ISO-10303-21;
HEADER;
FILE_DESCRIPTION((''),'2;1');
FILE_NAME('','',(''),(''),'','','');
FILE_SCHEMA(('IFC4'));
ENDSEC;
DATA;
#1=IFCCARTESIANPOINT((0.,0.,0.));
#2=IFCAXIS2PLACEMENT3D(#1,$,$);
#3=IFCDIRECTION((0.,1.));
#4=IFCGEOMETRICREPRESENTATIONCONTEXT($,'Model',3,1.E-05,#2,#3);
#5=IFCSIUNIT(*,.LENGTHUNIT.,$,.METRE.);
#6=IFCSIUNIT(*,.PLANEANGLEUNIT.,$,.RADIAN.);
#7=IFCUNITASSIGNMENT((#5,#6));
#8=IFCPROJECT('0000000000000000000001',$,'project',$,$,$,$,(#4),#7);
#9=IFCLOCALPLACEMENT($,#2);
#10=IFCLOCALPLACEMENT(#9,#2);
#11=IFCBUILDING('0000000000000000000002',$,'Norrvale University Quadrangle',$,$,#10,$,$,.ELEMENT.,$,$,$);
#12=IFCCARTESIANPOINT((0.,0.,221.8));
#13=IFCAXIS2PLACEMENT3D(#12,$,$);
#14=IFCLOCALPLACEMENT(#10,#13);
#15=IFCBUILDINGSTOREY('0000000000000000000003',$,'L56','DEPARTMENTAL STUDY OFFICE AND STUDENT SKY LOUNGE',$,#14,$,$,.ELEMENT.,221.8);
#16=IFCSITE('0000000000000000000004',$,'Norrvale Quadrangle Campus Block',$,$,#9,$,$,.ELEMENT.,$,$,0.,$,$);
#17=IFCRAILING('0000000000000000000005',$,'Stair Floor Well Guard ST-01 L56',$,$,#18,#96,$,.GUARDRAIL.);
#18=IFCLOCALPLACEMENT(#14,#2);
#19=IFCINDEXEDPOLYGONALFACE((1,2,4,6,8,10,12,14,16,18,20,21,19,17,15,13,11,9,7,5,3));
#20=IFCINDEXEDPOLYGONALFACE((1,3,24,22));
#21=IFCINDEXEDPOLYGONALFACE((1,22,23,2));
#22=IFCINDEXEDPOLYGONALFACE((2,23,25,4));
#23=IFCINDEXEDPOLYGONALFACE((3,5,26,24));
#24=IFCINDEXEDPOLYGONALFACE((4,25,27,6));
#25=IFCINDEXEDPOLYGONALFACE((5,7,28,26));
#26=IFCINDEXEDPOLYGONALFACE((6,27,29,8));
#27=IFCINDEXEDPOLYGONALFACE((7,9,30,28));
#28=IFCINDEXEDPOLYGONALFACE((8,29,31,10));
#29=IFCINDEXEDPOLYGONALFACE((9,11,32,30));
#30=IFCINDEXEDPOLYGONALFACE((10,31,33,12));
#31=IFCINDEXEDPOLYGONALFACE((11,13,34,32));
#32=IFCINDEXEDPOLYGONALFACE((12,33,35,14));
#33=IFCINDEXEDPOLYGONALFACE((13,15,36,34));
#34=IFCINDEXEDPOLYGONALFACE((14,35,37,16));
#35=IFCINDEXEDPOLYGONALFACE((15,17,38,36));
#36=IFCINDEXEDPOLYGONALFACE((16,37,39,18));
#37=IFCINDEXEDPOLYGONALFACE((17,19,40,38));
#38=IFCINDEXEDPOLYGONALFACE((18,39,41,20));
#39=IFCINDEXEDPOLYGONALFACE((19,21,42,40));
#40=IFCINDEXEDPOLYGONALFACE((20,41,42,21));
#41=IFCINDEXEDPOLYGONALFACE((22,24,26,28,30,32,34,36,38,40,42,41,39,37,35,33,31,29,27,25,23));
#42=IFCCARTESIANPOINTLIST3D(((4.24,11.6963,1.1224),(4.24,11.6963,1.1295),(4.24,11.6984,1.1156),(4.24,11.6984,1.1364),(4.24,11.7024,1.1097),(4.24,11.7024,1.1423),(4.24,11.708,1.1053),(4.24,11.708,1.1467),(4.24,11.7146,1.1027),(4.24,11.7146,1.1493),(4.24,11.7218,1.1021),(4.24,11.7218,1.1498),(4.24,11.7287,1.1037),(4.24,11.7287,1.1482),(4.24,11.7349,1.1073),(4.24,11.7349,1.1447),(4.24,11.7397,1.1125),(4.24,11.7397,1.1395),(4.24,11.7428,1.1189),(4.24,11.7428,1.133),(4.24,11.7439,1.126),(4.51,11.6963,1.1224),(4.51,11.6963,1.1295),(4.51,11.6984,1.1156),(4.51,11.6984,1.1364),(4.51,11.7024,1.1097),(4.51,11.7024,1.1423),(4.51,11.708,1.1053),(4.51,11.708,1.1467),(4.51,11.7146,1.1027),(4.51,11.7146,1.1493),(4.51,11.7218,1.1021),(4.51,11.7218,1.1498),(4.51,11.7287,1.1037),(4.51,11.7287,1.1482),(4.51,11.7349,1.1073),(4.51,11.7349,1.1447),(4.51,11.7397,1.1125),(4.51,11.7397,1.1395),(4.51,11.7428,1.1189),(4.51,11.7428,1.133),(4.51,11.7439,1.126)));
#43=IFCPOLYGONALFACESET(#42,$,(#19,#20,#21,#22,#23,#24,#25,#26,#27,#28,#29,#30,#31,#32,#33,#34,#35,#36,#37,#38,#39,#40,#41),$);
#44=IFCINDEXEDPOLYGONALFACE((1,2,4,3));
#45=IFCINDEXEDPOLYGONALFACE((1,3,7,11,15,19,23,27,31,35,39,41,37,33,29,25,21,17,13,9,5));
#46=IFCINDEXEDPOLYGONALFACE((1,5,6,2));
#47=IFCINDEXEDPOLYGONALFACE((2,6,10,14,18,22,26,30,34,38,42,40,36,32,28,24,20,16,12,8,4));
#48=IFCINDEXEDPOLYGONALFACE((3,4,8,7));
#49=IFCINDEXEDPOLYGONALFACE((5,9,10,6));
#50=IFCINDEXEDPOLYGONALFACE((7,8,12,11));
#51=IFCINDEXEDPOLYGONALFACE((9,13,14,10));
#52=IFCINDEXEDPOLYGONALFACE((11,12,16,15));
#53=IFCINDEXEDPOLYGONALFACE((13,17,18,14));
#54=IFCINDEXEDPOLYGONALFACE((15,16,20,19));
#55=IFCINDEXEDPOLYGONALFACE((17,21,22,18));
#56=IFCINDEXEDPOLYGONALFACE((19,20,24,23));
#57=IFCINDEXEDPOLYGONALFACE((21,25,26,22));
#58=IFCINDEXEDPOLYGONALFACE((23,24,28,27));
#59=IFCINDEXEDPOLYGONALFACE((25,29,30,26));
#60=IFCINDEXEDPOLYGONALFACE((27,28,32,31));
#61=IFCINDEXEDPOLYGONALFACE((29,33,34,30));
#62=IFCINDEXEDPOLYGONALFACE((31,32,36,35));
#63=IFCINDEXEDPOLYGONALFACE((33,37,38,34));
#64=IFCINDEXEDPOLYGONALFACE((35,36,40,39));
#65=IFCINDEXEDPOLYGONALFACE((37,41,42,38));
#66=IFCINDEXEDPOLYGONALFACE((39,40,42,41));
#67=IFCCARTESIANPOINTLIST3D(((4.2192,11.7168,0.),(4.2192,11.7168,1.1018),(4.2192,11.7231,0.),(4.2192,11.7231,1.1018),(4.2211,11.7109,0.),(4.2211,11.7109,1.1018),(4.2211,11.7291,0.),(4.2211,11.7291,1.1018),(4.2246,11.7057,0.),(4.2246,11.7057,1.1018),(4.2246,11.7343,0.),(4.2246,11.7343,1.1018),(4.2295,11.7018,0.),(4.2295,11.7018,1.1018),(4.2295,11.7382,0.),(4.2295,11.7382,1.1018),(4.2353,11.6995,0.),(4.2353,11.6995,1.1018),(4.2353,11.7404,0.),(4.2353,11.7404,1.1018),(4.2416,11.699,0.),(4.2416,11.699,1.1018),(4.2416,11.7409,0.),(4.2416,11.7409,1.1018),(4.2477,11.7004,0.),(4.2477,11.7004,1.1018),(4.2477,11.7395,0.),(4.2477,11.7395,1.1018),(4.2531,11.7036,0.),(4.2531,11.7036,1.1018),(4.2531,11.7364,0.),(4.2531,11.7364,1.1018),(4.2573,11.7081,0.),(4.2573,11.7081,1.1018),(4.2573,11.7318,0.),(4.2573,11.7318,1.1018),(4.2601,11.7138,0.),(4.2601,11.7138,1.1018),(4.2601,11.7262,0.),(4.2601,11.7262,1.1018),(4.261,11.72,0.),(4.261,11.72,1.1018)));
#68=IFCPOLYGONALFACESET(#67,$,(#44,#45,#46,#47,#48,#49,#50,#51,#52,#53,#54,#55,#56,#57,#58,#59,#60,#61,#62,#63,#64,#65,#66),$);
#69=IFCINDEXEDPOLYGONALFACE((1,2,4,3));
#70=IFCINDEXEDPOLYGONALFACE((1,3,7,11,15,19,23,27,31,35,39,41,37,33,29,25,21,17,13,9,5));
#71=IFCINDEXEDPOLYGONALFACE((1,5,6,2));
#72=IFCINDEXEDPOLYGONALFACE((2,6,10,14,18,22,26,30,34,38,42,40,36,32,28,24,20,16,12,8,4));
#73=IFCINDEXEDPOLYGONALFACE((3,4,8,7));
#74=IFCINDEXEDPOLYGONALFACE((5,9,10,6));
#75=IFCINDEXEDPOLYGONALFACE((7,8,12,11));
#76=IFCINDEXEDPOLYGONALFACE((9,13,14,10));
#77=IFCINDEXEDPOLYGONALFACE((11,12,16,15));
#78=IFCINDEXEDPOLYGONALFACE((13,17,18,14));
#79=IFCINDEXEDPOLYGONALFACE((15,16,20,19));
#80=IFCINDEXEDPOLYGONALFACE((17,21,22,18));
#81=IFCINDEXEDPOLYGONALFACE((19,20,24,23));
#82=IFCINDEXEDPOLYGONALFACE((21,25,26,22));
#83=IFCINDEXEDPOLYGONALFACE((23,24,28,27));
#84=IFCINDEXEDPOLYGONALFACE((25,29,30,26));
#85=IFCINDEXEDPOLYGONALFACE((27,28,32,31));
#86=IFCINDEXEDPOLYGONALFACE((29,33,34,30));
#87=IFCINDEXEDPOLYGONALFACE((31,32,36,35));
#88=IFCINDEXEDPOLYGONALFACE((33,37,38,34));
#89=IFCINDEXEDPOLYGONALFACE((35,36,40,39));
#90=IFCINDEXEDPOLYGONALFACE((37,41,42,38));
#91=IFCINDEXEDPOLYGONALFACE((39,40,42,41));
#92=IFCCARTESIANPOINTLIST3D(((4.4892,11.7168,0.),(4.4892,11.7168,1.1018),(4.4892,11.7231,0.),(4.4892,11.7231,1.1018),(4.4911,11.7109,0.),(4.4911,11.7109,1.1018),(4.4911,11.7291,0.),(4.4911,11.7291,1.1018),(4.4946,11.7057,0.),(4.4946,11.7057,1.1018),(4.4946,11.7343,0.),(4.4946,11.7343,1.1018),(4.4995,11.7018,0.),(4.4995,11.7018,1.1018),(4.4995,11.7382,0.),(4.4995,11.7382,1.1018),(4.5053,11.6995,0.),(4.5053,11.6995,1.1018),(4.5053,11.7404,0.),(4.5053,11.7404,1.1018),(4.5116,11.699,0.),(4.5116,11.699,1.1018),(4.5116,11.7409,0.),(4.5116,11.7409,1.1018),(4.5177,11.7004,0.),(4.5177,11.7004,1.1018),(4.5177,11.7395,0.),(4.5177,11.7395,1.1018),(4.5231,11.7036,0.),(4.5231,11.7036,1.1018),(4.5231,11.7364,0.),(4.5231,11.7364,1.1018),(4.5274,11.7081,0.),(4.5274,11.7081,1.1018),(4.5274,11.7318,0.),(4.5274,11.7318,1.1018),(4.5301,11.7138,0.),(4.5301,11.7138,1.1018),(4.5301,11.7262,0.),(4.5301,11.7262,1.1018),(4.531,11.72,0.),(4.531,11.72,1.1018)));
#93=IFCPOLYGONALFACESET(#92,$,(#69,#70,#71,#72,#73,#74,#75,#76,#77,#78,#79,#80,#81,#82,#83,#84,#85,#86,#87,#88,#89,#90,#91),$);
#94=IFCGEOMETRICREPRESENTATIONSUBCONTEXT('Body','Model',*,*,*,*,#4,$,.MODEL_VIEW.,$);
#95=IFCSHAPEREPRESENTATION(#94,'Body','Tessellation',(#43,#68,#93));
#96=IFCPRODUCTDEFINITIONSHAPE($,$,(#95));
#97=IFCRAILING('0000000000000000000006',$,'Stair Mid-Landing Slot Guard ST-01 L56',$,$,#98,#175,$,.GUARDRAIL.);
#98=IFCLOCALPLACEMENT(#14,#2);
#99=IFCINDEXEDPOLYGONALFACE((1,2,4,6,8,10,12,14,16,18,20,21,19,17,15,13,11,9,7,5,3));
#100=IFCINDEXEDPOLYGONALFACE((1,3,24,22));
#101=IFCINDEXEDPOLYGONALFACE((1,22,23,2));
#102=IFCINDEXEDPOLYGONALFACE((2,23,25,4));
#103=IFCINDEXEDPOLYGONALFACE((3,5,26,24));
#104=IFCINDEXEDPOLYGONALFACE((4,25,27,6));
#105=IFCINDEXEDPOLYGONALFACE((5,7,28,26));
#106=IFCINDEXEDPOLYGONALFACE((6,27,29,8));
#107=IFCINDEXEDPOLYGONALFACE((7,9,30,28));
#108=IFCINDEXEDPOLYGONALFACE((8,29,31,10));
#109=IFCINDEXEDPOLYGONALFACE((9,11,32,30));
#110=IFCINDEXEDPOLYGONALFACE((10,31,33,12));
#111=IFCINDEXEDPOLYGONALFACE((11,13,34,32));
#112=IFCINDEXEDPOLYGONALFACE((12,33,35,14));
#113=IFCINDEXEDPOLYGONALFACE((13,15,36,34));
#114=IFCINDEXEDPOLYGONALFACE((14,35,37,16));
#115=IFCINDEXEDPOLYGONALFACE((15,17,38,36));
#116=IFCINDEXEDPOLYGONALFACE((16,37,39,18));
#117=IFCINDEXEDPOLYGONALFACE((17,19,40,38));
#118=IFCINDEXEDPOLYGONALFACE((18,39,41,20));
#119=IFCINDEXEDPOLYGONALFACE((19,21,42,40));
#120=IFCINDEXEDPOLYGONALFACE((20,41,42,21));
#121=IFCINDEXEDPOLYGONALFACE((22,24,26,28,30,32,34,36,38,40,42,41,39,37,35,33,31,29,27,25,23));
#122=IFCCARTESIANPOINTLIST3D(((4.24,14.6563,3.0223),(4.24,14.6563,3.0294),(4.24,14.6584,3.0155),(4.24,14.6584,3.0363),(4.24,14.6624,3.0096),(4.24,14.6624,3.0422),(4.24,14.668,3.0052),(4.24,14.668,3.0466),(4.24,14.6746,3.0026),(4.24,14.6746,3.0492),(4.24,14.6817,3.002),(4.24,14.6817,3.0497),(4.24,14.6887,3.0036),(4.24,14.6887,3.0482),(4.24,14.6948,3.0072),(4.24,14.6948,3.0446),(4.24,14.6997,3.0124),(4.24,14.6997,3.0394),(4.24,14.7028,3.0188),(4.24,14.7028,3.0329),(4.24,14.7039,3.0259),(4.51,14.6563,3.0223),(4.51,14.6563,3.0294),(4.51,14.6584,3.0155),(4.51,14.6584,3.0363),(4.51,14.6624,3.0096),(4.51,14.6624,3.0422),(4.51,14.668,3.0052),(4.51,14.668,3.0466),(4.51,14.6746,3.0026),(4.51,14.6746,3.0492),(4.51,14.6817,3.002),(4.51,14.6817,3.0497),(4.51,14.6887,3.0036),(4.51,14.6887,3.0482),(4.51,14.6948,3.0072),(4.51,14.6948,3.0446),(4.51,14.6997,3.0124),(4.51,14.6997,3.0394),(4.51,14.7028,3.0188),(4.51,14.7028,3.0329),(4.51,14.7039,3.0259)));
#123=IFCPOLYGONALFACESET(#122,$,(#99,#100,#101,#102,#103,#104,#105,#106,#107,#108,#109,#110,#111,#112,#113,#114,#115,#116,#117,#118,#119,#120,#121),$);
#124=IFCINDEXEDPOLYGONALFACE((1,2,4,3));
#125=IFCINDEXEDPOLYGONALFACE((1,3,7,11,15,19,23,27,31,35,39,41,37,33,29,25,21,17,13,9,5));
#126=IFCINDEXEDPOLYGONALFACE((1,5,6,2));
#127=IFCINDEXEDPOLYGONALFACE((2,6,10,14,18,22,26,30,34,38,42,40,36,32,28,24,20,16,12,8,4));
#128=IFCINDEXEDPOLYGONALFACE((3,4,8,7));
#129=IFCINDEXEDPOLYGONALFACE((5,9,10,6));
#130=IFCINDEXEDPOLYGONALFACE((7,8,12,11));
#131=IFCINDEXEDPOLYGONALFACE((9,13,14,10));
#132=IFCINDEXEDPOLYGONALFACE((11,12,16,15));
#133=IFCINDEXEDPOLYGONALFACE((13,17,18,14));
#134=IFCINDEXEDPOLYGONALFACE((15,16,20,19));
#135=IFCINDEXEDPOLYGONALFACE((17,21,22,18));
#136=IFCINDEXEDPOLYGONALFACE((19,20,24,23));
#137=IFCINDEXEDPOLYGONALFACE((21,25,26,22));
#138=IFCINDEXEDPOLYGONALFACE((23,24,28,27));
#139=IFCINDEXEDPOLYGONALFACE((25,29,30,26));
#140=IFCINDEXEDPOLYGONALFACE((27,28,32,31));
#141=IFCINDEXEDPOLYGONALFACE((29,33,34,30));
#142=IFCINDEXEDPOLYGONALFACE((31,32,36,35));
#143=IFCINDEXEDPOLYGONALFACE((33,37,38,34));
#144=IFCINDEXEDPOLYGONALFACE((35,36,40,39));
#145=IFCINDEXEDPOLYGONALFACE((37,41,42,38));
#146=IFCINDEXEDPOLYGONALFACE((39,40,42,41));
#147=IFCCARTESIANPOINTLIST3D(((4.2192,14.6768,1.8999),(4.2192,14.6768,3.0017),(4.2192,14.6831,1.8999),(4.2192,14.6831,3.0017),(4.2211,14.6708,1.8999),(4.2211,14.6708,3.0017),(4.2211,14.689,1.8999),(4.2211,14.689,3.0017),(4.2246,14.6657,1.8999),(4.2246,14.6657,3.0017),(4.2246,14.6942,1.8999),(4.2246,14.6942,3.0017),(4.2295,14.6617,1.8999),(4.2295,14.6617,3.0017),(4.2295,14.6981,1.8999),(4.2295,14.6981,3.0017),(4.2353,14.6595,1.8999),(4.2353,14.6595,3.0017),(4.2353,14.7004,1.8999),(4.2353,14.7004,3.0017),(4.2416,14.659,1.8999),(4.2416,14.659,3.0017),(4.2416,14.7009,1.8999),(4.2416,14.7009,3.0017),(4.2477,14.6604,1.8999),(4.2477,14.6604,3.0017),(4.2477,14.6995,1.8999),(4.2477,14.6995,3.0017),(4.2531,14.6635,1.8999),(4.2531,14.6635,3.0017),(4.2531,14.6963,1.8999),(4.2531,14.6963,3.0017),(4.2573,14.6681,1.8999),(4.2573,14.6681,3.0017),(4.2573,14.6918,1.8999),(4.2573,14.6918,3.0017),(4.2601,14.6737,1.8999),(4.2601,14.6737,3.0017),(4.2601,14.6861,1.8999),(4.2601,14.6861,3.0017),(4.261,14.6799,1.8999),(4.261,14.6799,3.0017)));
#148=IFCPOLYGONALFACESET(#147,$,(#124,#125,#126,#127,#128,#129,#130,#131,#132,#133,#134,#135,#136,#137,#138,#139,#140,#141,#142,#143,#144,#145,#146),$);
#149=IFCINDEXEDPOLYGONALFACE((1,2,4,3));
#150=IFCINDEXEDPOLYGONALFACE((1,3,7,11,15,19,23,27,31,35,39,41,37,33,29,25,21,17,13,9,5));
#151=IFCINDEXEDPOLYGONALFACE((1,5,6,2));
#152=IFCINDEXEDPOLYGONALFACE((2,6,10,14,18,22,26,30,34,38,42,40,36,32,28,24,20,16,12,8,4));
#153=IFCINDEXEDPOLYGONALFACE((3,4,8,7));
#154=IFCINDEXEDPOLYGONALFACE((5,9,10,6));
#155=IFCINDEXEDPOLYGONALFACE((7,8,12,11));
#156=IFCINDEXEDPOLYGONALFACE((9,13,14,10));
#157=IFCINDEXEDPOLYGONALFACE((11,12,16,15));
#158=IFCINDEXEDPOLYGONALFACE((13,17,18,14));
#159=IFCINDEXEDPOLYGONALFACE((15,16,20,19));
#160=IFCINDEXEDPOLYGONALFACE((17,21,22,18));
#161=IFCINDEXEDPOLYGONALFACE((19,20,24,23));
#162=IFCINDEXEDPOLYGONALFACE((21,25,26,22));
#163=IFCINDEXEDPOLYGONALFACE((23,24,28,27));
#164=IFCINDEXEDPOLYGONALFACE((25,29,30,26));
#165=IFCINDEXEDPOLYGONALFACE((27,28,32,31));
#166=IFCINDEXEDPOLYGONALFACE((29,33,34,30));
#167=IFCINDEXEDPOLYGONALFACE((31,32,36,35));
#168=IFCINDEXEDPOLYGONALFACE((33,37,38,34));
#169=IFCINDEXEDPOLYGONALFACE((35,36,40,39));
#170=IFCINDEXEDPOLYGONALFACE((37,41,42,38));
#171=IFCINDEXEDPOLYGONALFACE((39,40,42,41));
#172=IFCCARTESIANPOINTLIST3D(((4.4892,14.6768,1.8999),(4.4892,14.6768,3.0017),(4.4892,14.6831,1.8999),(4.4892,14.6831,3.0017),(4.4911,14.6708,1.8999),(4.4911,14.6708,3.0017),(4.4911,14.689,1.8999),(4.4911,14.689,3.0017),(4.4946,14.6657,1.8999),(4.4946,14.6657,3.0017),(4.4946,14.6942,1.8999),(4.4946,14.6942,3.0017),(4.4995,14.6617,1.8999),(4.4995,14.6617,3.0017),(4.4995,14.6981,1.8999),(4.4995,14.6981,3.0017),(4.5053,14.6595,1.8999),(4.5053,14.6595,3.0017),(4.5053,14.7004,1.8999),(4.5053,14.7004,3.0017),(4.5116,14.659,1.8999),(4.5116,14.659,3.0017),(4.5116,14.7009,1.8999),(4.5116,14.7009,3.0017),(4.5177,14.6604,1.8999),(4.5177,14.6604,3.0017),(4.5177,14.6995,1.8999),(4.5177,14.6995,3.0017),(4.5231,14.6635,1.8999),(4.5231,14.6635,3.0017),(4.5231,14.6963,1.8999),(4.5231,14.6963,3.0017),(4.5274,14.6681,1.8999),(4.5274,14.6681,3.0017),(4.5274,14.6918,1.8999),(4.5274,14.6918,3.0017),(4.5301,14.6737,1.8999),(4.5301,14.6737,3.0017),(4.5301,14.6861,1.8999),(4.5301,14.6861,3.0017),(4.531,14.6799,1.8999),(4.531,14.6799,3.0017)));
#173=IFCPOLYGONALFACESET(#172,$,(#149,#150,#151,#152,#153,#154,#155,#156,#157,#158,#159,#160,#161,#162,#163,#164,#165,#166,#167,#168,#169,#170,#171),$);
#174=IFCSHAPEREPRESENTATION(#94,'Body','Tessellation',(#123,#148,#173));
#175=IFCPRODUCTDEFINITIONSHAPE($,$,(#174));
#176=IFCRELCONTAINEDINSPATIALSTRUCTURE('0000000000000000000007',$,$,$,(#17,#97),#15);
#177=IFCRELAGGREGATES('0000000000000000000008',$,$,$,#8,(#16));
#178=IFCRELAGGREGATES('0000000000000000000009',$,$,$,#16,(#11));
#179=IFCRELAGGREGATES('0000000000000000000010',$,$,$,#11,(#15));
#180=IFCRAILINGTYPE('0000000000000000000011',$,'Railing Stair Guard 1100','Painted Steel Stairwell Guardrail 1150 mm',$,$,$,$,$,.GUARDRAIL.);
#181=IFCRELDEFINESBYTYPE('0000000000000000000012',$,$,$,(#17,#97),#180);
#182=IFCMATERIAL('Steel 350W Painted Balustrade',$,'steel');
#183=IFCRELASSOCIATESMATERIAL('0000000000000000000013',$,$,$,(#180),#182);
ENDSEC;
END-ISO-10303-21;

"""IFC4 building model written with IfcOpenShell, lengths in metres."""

from ifc_helpers import new_model, si_unit, direction, frame, origin, origin_2d, place, context, subcontext, project, spatial, circle, extrude, material, type_object, element, save


model = new_model("IFC4")

# Units and contexts
model_context = context("Model", 3, precision=1e-05, world=origin(), true_north=direction((0.0, 1.0)))
body_context = subcontext(model_context, "Body", "Model", "MODEL_VIEW")
ifc_project = project(units=[si_unit("LENGTHUNIT", "METRE"), si_unit("PLANEANGLEUNIT", "RADIAN")], contexts=[model_context])

# Site, building, storey
site_placement = place(None, origin())
site = spatial("IfcSite", under=ifc_project, at=site_placement, Name="Norrvale Quadrangle Campus Block", CompositionType="ELEMENT", RefElevation=0.0)
building_placement = place(site_placement, origin())
building = spatial("IfcBuilding", under=site, at=building_placement, Name="Norrvale University Quadrangle", CompositionType="ELEMENT")
storey_placement = place(building_placement, frame((0.0, 0.0, 221.8)))
storey = spatial("IfcBuildingStorey", under=building, at=storey_placement, Name="L56", Description="DEPARTMENTAL STUDY OFFICE AND STUDENT SKY LOUNGE", CompositionType="ELEMENT", Elevation=221.8)

# Railings
ifc_material_1 = material(Name="Steel 350W Painted Balustrade", Category="steel")
railing_type_1 = type_object("IfcRailingType", Name="Railing Stair Guard 1100", Description="Painted Steel Stairwell Guardrail 1150 mm", PredefinedType="GUARDRAIL", material=ifc_material_1)
for number, where, name in (
    (1, (4.24, 11.72, 0.0), "Stair Floor Well Guard ST-01 L56"),
    (2, (4.24, 14.6799, 1.8999), "Stair Mid-Landing Slot Guard ST-01 L56"),
):
    element("IfcRailing", number, at=place(storey_placement, frame(where)), inside=storey, type_object=railing_type_1, Name=name, PredefinedType="GUARDRAIL", context=body_context, shape_type="SweptSolid", body=[
        extrude(circle(Radius=0.0239, at=origin_2d()), frame((0.0, 0.0, 1.126), z_axis=(1.0, 0.0, 0.0), x_axis=(0.0, 1.0, 0.0)), (0.0, 0.0, 1.0), 0.27),
        extrude(circle(Radius=0.021, at=origin_2d()), origin(), (0.0, 0.0, 1.0), 1.1018),
        extrude(circle(Radius=0.021, at=origin_2d()), frame((0.27, 0.0, 0.0)), (0.0, 0.0, 1.0), 1.1018),
    ])

save(model, "model.ifc")
